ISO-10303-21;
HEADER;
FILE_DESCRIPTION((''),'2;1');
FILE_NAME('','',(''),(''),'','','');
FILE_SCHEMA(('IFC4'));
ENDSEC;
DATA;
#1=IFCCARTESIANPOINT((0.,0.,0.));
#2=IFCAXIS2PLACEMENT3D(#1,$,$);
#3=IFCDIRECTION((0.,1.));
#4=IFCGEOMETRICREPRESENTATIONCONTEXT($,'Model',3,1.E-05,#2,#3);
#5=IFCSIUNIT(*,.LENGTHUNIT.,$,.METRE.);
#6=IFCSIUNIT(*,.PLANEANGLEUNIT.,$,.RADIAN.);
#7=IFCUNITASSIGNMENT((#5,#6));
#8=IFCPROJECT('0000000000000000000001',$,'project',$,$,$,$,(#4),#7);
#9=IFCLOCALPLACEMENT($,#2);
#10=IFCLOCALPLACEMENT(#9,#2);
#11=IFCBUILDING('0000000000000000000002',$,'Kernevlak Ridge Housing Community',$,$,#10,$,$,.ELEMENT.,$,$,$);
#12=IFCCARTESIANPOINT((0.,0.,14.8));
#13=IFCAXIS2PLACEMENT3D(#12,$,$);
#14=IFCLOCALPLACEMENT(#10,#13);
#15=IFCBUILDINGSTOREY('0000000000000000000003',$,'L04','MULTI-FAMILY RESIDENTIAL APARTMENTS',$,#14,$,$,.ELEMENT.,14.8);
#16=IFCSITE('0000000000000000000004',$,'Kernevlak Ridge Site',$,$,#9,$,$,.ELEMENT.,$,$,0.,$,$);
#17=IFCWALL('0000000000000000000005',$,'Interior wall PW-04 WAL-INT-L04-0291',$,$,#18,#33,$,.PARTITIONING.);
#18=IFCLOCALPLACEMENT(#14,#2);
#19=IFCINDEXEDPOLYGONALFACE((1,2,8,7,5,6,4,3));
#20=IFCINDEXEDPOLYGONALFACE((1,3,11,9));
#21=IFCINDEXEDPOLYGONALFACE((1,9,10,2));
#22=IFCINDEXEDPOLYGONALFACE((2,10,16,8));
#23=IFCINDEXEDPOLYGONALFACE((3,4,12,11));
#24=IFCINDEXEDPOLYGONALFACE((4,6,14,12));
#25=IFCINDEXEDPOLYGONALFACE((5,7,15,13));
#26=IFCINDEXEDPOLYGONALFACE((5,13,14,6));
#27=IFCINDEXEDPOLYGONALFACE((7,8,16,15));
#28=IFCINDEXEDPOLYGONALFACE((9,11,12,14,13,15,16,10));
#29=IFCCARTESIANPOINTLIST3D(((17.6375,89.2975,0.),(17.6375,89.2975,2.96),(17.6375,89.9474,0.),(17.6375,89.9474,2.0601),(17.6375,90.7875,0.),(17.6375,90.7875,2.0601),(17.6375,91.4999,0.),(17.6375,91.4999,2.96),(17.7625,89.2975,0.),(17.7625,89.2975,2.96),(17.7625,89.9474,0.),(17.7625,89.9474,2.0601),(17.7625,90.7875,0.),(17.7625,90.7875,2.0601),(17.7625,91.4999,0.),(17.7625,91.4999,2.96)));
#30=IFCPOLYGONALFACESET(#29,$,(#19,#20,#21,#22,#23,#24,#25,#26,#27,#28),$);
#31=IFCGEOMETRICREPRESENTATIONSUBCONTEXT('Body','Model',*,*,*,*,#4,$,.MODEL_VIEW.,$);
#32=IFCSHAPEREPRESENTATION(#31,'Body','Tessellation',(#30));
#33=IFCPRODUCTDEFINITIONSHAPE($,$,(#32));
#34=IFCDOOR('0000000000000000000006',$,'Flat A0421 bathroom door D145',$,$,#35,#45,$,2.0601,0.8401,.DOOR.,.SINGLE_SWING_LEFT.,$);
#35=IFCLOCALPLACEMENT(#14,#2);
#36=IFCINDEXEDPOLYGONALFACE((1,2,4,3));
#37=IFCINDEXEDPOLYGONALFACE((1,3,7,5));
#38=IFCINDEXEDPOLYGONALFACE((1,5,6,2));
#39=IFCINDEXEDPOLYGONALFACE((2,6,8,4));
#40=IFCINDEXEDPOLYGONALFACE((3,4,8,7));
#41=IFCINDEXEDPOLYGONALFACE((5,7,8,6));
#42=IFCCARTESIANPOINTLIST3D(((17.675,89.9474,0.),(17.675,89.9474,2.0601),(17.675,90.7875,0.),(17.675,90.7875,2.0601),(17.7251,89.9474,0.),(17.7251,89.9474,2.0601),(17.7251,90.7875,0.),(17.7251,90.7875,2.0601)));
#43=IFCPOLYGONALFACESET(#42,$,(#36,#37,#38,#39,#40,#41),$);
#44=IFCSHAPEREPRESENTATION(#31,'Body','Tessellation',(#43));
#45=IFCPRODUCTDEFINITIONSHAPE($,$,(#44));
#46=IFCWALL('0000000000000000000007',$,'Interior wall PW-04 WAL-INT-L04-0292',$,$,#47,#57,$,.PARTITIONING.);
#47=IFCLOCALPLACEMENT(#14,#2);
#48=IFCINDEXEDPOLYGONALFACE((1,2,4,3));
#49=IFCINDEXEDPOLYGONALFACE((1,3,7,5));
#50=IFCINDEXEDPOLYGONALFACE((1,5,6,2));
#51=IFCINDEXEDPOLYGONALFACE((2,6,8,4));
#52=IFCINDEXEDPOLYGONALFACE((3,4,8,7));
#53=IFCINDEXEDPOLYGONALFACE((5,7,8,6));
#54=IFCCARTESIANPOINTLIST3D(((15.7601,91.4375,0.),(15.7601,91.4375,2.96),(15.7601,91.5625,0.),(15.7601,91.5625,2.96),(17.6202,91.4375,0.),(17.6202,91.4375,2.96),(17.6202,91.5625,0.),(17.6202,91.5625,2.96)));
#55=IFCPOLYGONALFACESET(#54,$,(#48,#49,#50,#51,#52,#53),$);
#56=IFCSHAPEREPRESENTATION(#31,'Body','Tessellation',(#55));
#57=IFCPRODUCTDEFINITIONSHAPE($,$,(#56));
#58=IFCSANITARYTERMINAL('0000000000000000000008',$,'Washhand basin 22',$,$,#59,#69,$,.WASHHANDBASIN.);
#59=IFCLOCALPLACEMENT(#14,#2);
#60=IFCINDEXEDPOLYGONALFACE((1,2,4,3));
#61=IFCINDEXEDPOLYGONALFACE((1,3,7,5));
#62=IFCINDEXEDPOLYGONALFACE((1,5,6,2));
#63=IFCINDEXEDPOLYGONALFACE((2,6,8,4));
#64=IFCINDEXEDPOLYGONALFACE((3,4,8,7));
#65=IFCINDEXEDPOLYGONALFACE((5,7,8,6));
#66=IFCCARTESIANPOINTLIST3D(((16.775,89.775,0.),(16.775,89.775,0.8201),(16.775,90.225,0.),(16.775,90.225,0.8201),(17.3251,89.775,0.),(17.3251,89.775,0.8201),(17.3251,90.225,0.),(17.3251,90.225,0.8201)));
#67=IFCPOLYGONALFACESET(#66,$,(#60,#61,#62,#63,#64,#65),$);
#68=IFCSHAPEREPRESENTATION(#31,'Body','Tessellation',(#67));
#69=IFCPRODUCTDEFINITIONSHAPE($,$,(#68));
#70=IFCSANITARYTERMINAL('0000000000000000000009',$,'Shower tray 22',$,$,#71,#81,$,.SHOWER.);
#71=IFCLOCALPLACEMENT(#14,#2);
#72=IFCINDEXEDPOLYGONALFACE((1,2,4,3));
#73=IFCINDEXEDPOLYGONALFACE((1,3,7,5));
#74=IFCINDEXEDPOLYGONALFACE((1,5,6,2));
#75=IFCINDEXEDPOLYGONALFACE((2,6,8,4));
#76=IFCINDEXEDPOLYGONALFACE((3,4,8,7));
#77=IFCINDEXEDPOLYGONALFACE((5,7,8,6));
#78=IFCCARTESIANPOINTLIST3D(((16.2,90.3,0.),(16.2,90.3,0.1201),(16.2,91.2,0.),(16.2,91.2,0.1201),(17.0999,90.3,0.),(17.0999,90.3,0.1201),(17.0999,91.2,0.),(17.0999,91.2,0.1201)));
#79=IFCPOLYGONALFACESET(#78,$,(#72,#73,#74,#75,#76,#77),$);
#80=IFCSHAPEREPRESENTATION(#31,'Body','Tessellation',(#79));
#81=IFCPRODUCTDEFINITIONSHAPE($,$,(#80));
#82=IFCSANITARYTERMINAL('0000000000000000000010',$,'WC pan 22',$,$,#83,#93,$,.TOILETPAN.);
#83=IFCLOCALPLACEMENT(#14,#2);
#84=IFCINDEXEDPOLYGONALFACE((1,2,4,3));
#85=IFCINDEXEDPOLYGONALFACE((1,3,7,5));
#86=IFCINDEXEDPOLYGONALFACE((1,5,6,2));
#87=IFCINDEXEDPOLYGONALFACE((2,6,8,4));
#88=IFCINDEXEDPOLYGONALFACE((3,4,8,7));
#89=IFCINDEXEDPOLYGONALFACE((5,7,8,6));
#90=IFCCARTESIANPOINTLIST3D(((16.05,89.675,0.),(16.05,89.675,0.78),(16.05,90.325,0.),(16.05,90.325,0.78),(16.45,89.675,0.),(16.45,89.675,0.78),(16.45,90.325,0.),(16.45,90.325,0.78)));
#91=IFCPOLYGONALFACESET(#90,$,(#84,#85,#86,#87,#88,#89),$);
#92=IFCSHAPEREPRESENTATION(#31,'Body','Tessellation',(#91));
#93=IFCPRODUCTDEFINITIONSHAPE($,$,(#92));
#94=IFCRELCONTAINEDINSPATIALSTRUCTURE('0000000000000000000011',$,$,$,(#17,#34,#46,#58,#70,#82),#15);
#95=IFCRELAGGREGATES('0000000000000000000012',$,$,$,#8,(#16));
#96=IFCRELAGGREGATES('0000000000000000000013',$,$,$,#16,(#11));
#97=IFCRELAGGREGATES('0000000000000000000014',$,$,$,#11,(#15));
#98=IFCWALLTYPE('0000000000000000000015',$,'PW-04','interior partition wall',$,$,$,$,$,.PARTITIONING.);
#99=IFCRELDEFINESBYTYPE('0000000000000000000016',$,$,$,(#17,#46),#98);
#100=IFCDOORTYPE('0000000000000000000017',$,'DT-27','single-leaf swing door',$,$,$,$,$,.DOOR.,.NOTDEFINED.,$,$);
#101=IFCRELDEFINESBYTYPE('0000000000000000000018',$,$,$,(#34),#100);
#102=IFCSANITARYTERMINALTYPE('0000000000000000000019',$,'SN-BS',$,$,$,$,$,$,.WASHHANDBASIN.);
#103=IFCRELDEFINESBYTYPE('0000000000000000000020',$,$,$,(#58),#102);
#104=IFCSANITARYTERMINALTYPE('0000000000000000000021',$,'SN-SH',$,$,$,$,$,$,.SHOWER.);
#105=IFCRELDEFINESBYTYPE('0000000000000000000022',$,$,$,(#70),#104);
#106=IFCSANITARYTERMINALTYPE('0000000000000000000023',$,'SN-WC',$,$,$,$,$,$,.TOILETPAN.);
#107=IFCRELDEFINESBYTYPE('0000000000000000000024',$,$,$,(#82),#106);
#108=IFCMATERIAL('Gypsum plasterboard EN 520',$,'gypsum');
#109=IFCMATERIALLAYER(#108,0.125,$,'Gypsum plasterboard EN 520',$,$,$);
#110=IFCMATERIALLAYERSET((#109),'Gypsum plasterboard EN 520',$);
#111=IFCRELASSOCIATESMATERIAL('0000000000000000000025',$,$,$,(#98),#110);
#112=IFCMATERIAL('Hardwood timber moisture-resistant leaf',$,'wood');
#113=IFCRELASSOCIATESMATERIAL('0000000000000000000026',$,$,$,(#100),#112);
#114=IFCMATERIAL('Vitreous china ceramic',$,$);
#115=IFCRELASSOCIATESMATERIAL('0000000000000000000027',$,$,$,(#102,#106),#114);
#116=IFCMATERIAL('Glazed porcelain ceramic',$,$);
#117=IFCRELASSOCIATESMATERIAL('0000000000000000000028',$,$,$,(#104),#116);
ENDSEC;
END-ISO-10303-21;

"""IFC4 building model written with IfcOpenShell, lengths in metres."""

from ifc_helpers import new_model, si_unit, direction, frame, frame_2d, origin, origin_2d, place, context, subcontext, project, spatial, rectangle, extrude, material, layer, layer_set, type_object, element, fill, save


model = new_model("IFC4")

# Units and contexts
model_context = context("Model", 3, precision=1e-05, world=origin(), true_north=direction((0.0, 1.0)))
body_context = subcontext(model_context, "Body", "Model", "MODEL_VIEW")
ifc_project = project(units=[si_unit("LENGTHUNIT", "METRE"), si_unit("PLANEANGLEUNIT", "RADIAN")], contexts=[model_context])

# Site, building, storey
site_placement = place(None, origin())
site = spatial("IfcSite", under=ifc_project, at=site_placement, Name="Kernevlak Ridge Site", CompositionType="ELEMENT", RefElevation=0.0)
building_placement = place(site_placement, origin())
building = spatial("IfcBuilding", under=site, at=building_placement, Name="Kernevlak Ridge Housing Community", CompositionType="ELEMENT")
storey_placement = place(building_placement, frame((0.0, 0.0, 14.8)))
storey = spatial("IfcBuildingStorey", under=building, at=storey_placement, Name="L04", Description="MULTI-FAMILY RESIDENTIAL APARTMENTS", CompositionType="ELEMENT", Elevation=14.8)

# Wall, opening, door
ifc_material_1 = material(Name="Gypsum plasterboard EN 520", Category="gypsum")
ifc_layer_1 = layer(ifc_material_1, 0.125, Name="Gypsum plasterboard EN 520")
ifc_layer_set_1 = layer_set([ifc_layer_1], Name="Gypsum plasterboard EN 520")
wall_type_1 = type_object("IfcWallType", Name="PW-04", Description="interior partition wall", PredefinedType="PARTITIONING", material=ifc_layer_set_1)
wall_1_placement = place(storey_placement, frame((17.7, 89.2976, 0.0), z_axis=(0.0, 0.0, 1.0), x_axis=(0.0, 1.0, 0.0)))
wall_1 = element("IfcWall", 1, at=wall_1_placement, inside=storey, type_object=wall_type_1, Name="Interior wall PW-04 WAL-INT-L04-0291", PredefinedType="PARTITIONING", context=body_context, shape_type="SweptSolid", body=[
    extrude(rectangle(XDim=2.2024, YDim=0.125, at=frame_2d((1.1011, 0.0))), origin(), (0.0, 0.0, 1.0), 2.96),
])
opening_1_placement = place(wall_1_placement, frame((0.6499, 0.0, 0.0)))
opening_1 = element("IfcOpeningElement", 2, at=opening_1_placement, cuts=wall_1, PredefinedType="OPENING", context=body_context, shape_type="SweptSolid", body=[
    extrude(rectangle(XDim=0.8401, YDim=2.0601, at=frame_2d((0.4199, 1.03))), frame((0.0, 0.0725, 0.0), z_axis=(0.0, -1.0, 0.0), x_axis=(1.0, 0.0, 0.0)), (0.0, 0.0, 1.0), 0.145),
])
ifc_material_2 = material(Name="Hardwood timber moisture-resistant leaf", Category="wood")
door_type_1 = type_object("IfcDoorType", Name="DT-27", Description="single-leaf swing door", OperationType="NOTDEFINED", PredefinedType="DOOR", material=ifc_material_2)
door_1_placement = place(opening_1_placement, origin())
door_1 = element("IfcDoor", 3, at=door_1_placement, inside=storey, type_object=door_type_1, Name="Flat A0421 bathroom door D145", OperationType="SINGLE_SWING_LEFT", OverallHeight=2.0601, OverallWidth=0.8401, PredefinedType="DOOR", context=body_context, shape_type="SweptSolid", body=[
    extrude(rectangle(XDim=0.8401, YDim=2.0601, at=frame_2d((0.4199, 1.03))), frame((0.0, 0.0249, 0.0), z_axis=(0.0, -1.0, 0.0), x_axis=(1.0, 0.0, 0.0)), (0.0, 0.0, 1.0), 0.05),
])
fill(opening_1, door_1)

# Wall
wall_2_placement = place(storey_placement, frame((15.76, 91.5, 0.0), z_axis=(0.0, 0.0, 1.0), x_axis=(1.0, 0.0, 0.0)))
element("IfcWall", 4, at=wall_2_placement, inside=storey, type_object=wall_type_1, Name="Interior wall PW-04 WAL-INT-L04-0292", PredefinedType="PARTITIONING", context=body_context, shape_type="SweptSolid", body=[
    extrude(rectangle(XDim=1.8601, YDim=0.125, at=frame_2d((0.9302, 0.0))), origin(), (0.0, 0.0, 1.0), 2.96),
])

# Sanitary terminals
ifc_material_3 = material(Name="Vitreous china ceramic")
sanitary_terminal_type_1 = type_object("IfcSanitaryTerminalType", Name="SN-BS", PredefinedType="WASHHANDBASIN", material=ifc_material_3)
sanitary_terminal_1_placement = place(storey_placement, frame((17.05, 90.0, 0.0), z_axis=(0.0, 0.0, 1.0), x_axis=(1.0, 0.0, 0.0)))
element("IfcSanitaryTerminal", 5, at=sanitary_terminal_1_placement, inside=storey, type_object=sanitary_terminal_type_1, Name="Washhand basin 22", PredefinedType="WASHHANDBASIN", context=body_context, shape_type="SweptSolid", body=[
    extrude(rectangle(XDim=0.55, YDim=0.45, at=origin_2d()), origin(), (0.0, 0.0, 1.0), 0.8201),
])
ifc_material_4 = material(Name="Glazed porcelain ceramic")
sanitary_terminal_type_2 = type_object("IfcSanitaryTerminalType", Name="SN-SH", PredefinedType="SHOWER", material=ifc_material_4)
sanitary_terminal_2_placement = place(storey_placement, frame((16.6499, 90.75, 0.0), z_axis=(0.0, 0.0, 1.0), x_axis=(1.0, 0.0, 0.0)))
element("IfcSanitaryTerminal", 6, at=sanitary_terminal_2_placement, inside=storey, type_object=sanitary_terminal_type_2, Name="Shower tray 22", PredefinedType="SHOWER", context=body_context, shape_type="SweptSolid", body=[
    extrude(rectangle(XDim=0.8999, YDim=0.8999, at=origin_2d()), origin(), (0.0, 0.0, 1.0), 0.1201),
])
sanitary_terminal_type_3 = type_object("IfcSanitaryTerminalType", Name="SN-WC", PredefinedType="TOILETPAN", material=ifc_material_3)
sanitary_terminal_3_placement = place(storey_placement, frame((16.25, 90.0, 0.0), z_axis=(0.0, 0.0, 1.0), x_axis=(1.0, 0.0, 0.0)))
element("IfcSanitaryTerminal", 7, at=sanitary_terminal_3_placement, inside=storey, type_object=sanitary_terminal_type_3, Name="WC pan 22", PredefinedType="TOILETPAN", context=body_context, shape_type="SweptSolid", body=[
    extrude(rectangle(XDim=0.3999, YDim=0.6499, at=origin_2d()), origin(), (0.0, 0.0, 1.0), 0.78),
])

save(model, "model.ifc")
